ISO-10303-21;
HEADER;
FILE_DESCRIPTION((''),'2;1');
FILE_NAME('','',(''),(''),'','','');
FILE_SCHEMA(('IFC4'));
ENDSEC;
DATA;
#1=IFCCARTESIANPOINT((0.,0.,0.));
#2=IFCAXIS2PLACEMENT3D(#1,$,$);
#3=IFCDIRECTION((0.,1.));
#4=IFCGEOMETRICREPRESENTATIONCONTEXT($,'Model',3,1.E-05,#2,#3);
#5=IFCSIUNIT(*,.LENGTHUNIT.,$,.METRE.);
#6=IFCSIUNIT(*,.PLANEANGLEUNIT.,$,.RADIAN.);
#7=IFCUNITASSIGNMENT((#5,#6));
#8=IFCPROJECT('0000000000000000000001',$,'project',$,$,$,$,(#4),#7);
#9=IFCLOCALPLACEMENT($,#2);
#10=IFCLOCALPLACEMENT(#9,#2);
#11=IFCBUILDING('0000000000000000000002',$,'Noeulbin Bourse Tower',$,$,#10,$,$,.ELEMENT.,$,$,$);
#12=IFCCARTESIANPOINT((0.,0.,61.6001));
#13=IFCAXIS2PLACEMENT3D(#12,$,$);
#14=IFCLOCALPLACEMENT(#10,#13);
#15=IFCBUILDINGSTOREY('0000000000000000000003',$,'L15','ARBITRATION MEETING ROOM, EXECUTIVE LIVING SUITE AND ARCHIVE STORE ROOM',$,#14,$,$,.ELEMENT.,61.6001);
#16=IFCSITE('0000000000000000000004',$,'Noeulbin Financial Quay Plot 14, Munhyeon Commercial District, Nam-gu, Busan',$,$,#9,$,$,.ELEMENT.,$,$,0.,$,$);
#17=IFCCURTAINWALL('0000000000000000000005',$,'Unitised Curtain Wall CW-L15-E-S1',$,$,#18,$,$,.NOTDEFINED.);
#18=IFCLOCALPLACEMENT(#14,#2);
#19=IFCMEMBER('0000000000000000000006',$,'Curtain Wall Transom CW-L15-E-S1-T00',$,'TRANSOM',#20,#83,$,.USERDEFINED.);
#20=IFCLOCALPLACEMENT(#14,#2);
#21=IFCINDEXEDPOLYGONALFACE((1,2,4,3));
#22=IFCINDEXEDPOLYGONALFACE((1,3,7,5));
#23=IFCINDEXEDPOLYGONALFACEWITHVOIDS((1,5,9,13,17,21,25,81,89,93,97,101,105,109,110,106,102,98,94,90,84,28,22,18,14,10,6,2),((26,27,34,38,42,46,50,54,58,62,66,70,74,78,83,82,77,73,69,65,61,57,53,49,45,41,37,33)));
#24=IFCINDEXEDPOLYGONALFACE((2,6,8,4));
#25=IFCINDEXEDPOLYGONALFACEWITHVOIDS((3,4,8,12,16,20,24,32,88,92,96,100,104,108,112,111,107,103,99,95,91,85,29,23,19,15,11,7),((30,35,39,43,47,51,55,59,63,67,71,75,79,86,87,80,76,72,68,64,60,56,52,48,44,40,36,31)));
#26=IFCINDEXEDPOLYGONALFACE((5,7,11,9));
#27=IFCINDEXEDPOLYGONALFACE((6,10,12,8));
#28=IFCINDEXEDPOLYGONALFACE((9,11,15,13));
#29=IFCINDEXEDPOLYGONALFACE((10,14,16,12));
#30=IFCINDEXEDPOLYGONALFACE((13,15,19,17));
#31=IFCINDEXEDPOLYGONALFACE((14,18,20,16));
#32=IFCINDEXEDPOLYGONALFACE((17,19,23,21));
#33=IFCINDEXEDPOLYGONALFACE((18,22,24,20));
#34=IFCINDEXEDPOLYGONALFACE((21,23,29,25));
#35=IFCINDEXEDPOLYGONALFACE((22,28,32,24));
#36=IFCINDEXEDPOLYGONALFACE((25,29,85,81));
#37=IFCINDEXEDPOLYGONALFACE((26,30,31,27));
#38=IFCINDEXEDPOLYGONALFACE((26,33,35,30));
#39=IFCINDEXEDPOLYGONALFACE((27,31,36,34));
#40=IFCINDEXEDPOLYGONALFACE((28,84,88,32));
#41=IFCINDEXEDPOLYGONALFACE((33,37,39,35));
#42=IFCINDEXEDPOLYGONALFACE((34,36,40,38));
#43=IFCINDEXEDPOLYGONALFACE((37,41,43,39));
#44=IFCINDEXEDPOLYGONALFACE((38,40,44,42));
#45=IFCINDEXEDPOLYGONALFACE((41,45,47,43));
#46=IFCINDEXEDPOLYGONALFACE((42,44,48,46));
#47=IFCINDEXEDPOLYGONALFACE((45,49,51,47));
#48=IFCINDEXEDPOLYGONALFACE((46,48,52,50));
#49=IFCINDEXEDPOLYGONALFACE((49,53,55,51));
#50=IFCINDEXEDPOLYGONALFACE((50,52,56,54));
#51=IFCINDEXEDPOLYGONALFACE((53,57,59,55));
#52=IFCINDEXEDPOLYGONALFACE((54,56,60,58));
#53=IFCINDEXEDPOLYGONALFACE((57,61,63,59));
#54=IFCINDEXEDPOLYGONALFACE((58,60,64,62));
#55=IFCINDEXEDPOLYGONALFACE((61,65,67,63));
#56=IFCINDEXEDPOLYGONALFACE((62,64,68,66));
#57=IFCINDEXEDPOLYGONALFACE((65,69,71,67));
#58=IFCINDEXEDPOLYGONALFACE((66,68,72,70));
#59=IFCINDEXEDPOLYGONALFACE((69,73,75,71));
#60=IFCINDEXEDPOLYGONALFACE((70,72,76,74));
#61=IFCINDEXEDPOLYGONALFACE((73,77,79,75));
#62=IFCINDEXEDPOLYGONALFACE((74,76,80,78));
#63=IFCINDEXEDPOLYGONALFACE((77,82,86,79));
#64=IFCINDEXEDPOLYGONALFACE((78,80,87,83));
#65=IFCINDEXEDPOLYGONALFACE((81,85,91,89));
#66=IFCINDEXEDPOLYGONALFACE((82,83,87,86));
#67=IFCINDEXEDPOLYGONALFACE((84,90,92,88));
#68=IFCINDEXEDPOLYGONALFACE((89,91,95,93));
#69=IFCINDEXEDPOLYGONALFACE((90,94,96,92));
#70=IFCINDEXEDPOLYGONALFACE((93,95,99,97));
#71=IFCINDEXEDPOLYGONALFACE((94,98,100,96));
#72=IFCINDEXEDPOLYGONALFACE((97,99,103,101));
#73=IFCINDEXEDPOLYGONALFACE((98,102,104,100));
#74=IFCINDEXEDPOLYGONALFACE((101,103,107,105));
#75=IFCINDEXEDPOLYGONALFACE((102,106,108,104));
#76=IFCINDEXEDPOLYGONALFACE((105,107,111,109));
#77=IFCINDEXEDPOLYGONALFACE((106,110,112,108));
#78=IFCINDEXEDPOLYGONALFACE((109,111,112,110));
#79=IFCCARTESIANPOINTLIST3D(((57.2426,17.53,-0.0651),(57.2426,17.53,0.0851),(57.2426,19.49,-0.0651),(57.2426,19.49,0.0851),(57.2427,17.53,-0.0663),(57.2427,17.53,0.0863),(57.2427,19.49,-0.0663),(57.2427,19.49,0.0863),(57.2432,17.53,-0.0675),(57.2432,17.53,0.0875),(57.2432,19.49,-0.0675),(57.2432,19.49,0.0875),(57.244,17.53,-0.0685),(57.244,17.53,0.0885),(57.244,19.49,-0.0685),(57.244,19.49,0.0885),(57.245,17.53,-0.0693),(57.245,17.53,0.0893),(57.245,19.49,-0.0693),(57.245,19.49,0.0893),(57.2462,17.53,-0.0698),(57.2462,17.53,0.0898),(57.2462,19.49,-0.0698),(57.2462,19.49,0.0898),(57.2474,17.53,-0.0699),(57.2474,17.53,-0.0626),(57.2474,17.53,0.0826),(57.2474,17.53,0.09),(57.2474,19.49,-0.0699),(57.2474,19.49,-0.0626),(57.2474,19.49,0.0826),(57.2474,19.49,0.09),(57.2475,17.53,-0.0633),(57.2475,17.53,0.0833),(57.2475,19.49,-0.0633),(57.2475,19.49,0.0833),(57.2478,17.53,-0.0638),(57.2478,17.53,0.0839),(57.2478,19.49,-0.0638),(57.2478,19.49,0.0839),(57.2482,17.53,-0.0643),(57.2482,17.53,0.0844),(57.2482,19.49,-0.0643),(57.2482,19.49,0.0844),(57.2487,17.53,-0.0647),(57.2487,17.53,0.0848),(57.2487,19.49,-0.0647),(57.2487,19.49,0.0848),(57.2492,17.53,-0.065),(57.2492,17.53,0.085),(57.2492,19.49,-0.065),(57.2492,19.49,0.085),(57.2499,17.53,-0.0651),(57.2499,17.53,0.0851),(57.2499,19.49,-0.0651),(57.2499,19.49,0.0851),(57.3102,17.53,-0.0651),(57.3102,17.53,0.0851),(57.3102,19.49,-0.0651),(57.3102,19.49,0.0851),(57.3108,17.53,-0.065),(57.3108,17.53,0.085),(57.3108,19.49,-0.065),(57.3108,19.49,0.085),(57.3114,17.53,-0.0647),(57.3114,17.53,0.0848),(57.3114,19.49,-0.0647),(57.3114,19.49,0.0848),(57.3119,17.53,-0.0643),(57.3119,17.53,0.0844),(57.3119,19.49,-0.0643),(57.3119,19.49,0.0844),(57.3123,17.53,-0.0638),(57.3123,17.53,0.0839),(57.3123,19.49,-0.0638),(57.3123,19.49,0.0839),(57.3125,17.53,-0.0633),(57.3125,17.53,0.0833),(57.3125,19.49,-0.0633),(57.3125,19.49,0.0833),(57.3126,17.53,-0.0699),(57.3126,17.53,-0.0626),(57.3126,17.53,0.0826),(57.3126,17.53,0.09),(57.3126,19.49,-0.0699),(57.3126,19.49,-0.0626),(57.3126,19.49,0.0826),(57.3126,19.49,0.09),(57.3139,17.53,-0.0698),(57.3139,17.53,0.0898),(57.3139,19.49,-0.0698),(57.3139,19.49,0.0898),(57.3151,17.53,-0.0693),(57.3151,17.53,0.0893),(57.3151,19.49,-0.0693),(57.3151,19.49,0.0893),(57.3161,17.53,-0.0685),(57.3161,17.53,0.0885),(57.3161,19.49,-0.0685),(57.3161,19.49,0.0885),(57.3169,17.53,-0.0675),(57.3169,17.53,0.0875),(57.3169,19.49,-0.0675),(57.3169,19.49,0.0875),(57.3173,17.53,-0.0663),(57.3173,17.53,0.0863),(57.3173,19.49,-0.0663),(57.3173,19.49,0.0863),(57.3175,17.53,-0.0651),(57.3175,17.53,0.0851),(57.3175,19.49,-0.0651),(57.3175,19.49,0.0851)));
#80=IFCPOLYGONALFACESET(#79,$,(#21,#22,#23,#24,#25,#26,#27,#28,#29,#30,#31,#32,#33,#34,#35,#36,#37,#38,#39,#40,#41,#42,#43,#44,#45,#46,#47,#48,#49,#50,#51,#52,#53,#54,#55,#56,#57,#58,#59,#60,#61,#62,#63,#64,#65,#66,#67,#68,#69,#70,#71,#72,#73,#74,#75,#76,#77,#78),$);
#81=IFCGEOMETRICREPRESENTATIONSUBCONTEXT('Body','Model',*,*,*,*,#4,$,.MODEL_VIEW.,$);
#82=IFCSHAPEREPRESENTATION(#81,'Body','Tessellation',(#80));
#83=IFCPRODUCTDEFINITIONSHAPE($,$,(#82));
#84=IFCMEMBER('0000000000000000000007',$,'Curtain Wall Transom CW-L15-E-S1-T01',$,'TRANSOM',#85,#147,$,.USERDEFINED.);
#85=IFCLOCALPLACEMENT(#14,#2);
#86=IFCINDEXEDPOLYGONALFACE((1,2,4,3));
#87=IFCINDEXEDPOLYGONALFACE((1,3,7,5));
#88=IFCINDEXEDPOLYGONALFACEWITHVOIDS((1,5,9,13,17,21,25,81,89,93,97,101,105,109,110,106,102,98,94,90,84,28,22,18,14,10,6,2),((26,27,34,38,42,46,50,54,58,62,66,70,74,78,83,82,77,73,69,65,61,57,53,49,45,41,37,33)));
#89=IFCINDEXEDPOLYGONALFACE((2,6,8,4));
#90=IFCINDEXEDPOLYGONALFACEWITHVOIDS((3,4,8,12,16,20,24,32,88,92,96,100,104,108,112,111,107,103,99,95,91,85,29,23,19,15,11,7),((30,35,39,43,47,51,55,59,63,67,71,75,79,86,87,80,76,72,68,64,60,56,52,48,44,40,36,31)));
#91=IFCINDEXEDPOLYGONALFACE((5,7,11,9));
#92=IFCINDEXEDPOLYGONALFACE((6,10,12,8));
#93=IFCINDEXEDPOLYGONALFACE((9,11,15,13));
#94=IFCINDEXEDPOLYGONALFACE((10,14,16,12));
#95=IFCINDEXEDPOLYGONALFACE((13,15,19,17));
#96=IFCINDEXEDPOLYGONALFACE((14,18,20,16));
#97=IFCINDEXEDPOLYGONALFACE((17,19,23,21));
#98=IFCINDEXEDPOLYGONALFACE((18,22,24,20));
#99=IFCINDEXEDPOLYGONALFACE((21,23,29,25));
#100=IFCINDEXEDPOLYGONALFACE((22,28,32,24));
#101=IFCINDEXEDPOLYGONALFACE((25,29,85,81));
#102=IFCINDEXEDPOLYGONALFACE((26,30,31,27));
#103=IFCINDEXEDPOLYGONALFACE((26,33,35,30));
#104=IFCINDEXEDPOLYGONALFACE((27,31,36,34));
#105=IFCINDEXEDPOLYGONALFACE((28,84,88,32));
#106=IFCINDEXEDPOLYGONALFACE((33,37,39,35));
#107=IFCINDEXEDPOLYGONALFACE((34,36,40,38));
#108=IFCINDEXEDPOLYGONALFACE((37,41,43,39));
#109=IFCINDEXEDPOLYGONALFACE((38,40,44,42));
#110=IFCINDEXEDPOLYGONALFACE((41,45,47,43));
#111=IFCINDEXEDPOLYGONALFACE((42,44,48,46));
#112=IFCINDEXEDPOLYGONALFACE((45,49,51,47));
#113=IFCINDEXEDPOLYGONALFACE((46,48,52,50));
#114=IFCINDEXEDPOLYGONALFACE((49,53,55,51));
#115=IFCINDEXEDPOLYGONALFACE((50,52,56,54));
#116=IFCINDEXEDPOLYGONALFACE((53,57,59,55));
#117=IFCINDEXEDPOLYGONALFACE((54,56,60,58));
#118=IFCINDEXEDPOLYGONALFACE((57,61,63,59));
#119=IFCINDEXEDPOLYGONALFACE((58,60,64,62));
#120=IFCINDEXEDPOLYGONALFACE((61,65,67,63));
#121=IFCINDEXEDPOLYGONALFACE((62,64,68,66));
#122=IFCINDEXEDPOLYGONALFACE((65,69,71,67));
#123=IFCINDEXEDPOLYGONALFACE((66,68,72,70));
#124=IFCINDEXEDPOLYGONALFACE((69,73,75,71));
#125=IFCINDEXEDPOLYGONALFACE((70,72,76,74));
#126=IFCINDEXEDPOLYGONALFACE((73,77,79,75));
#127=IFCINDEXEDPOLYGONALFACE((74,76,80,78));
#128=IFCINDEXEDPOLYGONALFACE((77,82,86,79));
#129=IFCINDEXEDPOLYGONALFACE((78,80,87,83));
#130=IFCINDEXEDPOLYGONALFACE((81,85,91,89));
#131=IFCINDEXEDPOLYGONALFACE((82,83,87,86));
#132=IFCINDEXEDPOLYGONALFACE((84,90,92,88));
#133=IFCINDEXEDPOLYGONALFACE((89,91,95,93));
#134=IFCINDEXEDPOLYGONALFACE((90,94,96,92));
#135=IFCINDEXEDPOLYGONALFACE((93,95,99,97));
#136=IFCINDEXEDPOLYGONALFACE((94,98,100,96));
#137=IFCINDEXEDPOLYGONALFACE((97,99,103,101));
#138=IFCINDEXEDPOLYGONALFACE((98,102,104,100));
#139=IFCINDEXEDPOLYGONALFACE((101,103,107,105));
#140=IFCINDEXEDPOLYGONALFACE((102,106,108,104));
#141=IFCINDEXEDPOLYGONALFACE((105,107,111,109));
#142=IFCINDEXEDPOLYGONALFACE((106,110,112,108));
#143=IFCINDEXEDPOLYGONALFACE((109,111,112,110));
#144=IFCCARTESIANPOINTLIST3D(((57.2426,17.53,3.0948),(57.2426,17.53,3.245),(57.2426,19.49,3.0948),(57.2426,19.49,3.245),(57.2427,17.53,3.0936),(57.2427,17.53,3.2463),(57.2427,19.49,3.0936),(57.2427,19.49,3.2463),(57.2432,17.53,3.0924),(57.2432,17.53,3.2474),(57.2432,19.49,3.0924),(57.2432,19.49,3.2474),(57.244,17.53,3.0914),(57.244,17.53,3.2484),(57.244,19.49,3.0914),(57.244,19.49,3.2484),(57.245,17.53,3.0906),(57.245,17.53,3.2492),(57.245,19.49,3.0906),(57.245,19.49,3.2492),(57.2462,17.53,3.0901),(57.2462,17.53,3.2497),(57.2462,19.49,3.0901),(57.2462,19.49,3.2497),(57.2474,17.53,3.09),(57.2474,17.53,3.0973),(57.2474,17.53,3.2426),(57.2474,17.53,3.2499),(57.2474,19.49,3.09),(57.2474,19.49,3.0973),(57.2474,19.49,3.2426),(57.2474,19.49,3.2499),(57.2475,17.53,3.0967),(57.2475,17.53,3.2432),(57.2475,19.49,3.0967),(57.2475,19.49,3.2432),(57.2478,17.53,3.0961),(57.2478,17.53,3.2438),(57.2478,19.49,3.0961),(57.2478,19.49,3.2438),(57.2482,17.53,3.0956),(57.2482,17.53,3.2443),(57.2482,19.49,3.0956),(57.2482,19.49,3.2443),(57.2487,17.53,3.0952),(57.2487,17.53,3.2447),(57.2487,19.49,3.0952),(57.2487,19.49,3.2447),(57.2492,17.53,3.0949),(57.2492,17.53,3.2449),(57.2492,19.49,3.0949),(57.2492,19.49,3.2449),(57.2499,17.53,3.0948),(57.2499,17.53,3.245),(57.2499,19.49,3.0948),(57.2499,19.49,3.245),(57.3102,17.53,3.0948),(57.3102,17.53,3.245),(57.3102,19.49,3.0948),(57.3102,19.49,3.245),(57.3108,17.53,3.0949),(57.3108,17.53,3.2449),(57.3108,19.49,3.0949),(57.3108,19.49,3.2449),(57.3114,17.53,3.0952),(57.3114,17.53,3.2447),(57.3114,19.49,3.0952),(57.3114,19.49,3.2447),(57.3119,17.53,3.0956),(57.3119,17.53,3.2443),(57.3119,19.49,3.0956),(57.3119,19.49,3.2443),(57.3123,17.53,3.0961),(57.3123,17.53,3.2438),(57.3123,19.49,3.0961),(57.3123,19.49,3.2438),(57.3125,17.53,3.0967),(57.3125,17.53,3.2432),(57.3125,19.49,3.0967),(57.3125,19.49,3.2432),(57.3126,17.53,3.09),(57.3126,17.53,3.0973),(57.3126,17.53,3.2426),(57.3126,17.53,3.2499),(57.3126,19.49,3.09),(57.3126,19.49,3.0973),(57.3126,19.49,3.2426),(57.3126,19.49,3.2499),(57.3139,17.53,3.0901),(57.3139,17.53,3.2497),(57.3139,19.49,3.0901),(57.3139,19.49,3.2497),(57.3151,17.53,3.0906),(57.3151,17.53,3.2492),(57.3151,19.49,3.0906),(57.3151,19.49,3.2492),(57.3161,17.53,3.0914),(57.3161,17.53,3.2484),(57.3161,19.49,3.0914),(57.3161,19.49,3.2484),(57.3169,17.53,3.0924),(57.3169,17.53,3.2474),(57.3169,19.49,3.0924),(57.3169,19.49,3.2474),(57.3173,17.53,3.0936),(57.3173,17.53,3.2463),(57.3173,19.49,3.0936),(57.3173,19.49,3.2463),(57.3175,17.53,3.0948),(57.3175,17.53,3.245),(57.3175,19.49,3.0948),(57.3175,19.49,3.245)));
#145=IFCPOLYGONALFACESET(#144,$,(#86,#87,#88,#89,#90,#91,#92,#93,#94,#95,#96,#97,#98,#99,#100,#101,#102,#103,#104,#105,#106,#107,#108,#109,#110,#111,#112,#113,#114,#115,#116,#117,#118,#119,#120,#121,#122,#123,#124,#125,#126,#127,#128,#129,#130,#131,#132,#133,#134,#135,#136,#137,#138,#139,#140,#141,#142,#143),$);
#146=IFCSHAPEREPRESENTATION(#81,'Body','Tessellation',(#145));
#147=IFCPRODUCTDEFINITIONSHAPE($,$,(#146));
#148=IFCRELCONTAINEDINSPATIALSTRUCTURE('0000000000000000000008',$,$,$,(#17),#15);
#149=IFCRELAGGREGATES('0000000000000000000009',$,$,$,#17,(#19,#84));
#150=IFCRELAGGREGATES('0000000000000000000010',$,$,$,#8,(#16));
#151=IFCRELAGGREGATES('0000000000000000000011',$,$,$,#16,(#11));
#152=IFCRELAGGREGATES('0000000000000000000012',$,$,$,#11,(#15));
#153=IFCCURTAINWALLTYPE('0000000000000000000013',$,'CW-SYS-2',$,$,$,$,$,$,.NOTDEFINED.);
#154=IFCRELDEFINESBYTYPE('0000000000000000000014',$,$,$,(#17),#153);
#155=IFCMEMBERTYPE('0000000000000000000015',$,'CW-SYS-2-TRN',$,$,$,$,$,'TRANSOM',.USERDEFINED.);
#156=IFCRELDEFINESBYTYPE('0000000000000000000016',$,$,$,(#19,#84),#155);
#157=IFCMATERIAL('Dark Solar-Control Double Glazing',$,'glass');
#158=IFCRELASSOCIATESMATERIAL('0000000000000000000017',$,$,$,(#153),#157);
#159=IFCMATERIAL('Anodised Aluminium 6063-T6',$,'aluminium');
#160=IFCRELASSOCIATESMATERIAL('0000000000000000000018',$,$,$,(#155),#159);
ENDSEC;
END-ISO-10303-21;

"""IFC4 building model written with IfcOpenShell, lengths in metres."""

from ifc_helpers import new_model, si_unit, direction, frame, origin, origin_2d, place, context, subcontext, project, spatial, hollow_rectangle, extrude, material, material_profile, profile_set, type_object, element, aggregate, save


model = new_model("IFC4")

# Units and contexts
model_context = context("Model", 3, precision=1e-05, world=origin(), true_north=direction((0.0, 1.0)))
body_context = subcontext(model_context, "Body", "Model", "MODEL_VIEW")
ifc_project = project(units=[si_unit("LENGTHUNIT", "METRE"), si_unit("PLANEANGLEUNIT", "RADIAN")], contexts=[model_context])

# Site, building, storey
site_placement = place(None, origin())
site = spatial("IfcSite", under=ifc_project, at=site_placement, Name="Noeulbin Financial Quay Plot 14, Munhyeon Commercial District, Nam-gu, Busan", CompositionType="ELEMENT", RefElevation=0.0)
building_placement = place(site_placement, origin())
building = spatial("IfcBuilding", under=site, at=building_placement, Name="Noeulbin Bourse Tower", CompositionType="ELEMENT")
storey_placement = place(building_placement, frame((0.0, 0.0, 61.6001)))
storey = spatial("IfcBuildingStorey", under=building, at=storey_placement, Name="L15", Description="ARBITRATION MEETING ROOM, EXECUTIVE LIVING SUITE AND ARCHIVE STORE ROOM", CompositionType="ELEMENT", Elevation=61.6001)

# Curtain wall
ifc_material_1 = material(Name="Dark Solar-Control Double Glazing", Category="glass")
curtain_wall_type = type_object("IfcCurtainWallType", Name="CW-SYS-2", PredefinedType="NOTDEFINED", material=ifc_material_1)
ifc_material_2 = material(Name="Anodised Aluminium 6063-T6", Category="aluminium")
curtain_wall_1_placement = place(storey_placement, origin())
curtain_wall_1 = element("IfcCurtainWall", 1, at=curtain_wall_1_placement, inside=storey, type_object=curtain_wall_type, Name="Unitised Curtain Wall CW-L15-E-S1", PredefinedType="NOTDEFINED")

# Members
ifc_material_profile_1 = material_profile(ifc_material_2, hollow_rectangle(XDim=0.075, YDim=0.1599, WallThickness=0.0049, InnerFilletRadius=0.0024, OuterFilletRadius=0.0049, at=origin_2d()), Name="ALU-TRAN-75x160x5", Category="LoadBearing")
ifc_profile_set_1 = profile_set([ifc_material_profile_1], Name="Anodised Aluminium 6063-T6")
member_type_1 = type_object("IfcMemberType", Name="CW-SYS-2-TRN", ElementType="TRANSOM", PredefinedType="USERDEFINED", material=ifc_profile_set_1)
member_1_placement = place(storey_placement, frame((57.28, 17.53, 0.01), z_axis=(0.0, 1.0, 0.0), x_axis=(-1.0, 0.0, 0.0)))
member_1 = element("IfcMember", 2, at=member_1_placement, type_object=member_type_1, Name="Curtain Wall Transom CW-L15-E-S1-T00", ObjectType="TRANSOM", PredefinedType="USERDEFINED", context=body_context, shape_type="SweptSolid", body=[
    extrude(hollow_rectangle(XDim=0.075, YDim=0.1599, WallThickness=0.0049, InnerFilletRadius=0.0024, OuterFilletRadius=0.0049, at=origin_2d()), origin(), (0.0, 0.0, 1.0), 1.96),
])
member_2_placement = place(storey_placement, frame((57.28, 17.53, 3.1699), z_axis=(0.0, 1.0, 0.0), x_axis=(-1.0, 0.0, 0.0)))
member_2 = element("IfcMember", 3, at=member_2_placement, type_object=member_type_1, Name="Curtain Wall Transom CW-L15-E-S1-T01", ObjectType="TRANSOM", PredefinedType="USERDEFINED", context=body_context, shape_type="SweptSolid", body=[
    extrude(hollow_rectangle(XDim=0.075, YDim=0.1599, WallThickness=0.0049, InnerFilletRadius=0.0024, OuterFilletRadius=0.0049, at=origin_2d()), origin(), (0.0, 0.0, 1.0), 1.96),
])

aggregate(curtain_wall_1, [member_1, member_2])

save(model, "model.ifc")
